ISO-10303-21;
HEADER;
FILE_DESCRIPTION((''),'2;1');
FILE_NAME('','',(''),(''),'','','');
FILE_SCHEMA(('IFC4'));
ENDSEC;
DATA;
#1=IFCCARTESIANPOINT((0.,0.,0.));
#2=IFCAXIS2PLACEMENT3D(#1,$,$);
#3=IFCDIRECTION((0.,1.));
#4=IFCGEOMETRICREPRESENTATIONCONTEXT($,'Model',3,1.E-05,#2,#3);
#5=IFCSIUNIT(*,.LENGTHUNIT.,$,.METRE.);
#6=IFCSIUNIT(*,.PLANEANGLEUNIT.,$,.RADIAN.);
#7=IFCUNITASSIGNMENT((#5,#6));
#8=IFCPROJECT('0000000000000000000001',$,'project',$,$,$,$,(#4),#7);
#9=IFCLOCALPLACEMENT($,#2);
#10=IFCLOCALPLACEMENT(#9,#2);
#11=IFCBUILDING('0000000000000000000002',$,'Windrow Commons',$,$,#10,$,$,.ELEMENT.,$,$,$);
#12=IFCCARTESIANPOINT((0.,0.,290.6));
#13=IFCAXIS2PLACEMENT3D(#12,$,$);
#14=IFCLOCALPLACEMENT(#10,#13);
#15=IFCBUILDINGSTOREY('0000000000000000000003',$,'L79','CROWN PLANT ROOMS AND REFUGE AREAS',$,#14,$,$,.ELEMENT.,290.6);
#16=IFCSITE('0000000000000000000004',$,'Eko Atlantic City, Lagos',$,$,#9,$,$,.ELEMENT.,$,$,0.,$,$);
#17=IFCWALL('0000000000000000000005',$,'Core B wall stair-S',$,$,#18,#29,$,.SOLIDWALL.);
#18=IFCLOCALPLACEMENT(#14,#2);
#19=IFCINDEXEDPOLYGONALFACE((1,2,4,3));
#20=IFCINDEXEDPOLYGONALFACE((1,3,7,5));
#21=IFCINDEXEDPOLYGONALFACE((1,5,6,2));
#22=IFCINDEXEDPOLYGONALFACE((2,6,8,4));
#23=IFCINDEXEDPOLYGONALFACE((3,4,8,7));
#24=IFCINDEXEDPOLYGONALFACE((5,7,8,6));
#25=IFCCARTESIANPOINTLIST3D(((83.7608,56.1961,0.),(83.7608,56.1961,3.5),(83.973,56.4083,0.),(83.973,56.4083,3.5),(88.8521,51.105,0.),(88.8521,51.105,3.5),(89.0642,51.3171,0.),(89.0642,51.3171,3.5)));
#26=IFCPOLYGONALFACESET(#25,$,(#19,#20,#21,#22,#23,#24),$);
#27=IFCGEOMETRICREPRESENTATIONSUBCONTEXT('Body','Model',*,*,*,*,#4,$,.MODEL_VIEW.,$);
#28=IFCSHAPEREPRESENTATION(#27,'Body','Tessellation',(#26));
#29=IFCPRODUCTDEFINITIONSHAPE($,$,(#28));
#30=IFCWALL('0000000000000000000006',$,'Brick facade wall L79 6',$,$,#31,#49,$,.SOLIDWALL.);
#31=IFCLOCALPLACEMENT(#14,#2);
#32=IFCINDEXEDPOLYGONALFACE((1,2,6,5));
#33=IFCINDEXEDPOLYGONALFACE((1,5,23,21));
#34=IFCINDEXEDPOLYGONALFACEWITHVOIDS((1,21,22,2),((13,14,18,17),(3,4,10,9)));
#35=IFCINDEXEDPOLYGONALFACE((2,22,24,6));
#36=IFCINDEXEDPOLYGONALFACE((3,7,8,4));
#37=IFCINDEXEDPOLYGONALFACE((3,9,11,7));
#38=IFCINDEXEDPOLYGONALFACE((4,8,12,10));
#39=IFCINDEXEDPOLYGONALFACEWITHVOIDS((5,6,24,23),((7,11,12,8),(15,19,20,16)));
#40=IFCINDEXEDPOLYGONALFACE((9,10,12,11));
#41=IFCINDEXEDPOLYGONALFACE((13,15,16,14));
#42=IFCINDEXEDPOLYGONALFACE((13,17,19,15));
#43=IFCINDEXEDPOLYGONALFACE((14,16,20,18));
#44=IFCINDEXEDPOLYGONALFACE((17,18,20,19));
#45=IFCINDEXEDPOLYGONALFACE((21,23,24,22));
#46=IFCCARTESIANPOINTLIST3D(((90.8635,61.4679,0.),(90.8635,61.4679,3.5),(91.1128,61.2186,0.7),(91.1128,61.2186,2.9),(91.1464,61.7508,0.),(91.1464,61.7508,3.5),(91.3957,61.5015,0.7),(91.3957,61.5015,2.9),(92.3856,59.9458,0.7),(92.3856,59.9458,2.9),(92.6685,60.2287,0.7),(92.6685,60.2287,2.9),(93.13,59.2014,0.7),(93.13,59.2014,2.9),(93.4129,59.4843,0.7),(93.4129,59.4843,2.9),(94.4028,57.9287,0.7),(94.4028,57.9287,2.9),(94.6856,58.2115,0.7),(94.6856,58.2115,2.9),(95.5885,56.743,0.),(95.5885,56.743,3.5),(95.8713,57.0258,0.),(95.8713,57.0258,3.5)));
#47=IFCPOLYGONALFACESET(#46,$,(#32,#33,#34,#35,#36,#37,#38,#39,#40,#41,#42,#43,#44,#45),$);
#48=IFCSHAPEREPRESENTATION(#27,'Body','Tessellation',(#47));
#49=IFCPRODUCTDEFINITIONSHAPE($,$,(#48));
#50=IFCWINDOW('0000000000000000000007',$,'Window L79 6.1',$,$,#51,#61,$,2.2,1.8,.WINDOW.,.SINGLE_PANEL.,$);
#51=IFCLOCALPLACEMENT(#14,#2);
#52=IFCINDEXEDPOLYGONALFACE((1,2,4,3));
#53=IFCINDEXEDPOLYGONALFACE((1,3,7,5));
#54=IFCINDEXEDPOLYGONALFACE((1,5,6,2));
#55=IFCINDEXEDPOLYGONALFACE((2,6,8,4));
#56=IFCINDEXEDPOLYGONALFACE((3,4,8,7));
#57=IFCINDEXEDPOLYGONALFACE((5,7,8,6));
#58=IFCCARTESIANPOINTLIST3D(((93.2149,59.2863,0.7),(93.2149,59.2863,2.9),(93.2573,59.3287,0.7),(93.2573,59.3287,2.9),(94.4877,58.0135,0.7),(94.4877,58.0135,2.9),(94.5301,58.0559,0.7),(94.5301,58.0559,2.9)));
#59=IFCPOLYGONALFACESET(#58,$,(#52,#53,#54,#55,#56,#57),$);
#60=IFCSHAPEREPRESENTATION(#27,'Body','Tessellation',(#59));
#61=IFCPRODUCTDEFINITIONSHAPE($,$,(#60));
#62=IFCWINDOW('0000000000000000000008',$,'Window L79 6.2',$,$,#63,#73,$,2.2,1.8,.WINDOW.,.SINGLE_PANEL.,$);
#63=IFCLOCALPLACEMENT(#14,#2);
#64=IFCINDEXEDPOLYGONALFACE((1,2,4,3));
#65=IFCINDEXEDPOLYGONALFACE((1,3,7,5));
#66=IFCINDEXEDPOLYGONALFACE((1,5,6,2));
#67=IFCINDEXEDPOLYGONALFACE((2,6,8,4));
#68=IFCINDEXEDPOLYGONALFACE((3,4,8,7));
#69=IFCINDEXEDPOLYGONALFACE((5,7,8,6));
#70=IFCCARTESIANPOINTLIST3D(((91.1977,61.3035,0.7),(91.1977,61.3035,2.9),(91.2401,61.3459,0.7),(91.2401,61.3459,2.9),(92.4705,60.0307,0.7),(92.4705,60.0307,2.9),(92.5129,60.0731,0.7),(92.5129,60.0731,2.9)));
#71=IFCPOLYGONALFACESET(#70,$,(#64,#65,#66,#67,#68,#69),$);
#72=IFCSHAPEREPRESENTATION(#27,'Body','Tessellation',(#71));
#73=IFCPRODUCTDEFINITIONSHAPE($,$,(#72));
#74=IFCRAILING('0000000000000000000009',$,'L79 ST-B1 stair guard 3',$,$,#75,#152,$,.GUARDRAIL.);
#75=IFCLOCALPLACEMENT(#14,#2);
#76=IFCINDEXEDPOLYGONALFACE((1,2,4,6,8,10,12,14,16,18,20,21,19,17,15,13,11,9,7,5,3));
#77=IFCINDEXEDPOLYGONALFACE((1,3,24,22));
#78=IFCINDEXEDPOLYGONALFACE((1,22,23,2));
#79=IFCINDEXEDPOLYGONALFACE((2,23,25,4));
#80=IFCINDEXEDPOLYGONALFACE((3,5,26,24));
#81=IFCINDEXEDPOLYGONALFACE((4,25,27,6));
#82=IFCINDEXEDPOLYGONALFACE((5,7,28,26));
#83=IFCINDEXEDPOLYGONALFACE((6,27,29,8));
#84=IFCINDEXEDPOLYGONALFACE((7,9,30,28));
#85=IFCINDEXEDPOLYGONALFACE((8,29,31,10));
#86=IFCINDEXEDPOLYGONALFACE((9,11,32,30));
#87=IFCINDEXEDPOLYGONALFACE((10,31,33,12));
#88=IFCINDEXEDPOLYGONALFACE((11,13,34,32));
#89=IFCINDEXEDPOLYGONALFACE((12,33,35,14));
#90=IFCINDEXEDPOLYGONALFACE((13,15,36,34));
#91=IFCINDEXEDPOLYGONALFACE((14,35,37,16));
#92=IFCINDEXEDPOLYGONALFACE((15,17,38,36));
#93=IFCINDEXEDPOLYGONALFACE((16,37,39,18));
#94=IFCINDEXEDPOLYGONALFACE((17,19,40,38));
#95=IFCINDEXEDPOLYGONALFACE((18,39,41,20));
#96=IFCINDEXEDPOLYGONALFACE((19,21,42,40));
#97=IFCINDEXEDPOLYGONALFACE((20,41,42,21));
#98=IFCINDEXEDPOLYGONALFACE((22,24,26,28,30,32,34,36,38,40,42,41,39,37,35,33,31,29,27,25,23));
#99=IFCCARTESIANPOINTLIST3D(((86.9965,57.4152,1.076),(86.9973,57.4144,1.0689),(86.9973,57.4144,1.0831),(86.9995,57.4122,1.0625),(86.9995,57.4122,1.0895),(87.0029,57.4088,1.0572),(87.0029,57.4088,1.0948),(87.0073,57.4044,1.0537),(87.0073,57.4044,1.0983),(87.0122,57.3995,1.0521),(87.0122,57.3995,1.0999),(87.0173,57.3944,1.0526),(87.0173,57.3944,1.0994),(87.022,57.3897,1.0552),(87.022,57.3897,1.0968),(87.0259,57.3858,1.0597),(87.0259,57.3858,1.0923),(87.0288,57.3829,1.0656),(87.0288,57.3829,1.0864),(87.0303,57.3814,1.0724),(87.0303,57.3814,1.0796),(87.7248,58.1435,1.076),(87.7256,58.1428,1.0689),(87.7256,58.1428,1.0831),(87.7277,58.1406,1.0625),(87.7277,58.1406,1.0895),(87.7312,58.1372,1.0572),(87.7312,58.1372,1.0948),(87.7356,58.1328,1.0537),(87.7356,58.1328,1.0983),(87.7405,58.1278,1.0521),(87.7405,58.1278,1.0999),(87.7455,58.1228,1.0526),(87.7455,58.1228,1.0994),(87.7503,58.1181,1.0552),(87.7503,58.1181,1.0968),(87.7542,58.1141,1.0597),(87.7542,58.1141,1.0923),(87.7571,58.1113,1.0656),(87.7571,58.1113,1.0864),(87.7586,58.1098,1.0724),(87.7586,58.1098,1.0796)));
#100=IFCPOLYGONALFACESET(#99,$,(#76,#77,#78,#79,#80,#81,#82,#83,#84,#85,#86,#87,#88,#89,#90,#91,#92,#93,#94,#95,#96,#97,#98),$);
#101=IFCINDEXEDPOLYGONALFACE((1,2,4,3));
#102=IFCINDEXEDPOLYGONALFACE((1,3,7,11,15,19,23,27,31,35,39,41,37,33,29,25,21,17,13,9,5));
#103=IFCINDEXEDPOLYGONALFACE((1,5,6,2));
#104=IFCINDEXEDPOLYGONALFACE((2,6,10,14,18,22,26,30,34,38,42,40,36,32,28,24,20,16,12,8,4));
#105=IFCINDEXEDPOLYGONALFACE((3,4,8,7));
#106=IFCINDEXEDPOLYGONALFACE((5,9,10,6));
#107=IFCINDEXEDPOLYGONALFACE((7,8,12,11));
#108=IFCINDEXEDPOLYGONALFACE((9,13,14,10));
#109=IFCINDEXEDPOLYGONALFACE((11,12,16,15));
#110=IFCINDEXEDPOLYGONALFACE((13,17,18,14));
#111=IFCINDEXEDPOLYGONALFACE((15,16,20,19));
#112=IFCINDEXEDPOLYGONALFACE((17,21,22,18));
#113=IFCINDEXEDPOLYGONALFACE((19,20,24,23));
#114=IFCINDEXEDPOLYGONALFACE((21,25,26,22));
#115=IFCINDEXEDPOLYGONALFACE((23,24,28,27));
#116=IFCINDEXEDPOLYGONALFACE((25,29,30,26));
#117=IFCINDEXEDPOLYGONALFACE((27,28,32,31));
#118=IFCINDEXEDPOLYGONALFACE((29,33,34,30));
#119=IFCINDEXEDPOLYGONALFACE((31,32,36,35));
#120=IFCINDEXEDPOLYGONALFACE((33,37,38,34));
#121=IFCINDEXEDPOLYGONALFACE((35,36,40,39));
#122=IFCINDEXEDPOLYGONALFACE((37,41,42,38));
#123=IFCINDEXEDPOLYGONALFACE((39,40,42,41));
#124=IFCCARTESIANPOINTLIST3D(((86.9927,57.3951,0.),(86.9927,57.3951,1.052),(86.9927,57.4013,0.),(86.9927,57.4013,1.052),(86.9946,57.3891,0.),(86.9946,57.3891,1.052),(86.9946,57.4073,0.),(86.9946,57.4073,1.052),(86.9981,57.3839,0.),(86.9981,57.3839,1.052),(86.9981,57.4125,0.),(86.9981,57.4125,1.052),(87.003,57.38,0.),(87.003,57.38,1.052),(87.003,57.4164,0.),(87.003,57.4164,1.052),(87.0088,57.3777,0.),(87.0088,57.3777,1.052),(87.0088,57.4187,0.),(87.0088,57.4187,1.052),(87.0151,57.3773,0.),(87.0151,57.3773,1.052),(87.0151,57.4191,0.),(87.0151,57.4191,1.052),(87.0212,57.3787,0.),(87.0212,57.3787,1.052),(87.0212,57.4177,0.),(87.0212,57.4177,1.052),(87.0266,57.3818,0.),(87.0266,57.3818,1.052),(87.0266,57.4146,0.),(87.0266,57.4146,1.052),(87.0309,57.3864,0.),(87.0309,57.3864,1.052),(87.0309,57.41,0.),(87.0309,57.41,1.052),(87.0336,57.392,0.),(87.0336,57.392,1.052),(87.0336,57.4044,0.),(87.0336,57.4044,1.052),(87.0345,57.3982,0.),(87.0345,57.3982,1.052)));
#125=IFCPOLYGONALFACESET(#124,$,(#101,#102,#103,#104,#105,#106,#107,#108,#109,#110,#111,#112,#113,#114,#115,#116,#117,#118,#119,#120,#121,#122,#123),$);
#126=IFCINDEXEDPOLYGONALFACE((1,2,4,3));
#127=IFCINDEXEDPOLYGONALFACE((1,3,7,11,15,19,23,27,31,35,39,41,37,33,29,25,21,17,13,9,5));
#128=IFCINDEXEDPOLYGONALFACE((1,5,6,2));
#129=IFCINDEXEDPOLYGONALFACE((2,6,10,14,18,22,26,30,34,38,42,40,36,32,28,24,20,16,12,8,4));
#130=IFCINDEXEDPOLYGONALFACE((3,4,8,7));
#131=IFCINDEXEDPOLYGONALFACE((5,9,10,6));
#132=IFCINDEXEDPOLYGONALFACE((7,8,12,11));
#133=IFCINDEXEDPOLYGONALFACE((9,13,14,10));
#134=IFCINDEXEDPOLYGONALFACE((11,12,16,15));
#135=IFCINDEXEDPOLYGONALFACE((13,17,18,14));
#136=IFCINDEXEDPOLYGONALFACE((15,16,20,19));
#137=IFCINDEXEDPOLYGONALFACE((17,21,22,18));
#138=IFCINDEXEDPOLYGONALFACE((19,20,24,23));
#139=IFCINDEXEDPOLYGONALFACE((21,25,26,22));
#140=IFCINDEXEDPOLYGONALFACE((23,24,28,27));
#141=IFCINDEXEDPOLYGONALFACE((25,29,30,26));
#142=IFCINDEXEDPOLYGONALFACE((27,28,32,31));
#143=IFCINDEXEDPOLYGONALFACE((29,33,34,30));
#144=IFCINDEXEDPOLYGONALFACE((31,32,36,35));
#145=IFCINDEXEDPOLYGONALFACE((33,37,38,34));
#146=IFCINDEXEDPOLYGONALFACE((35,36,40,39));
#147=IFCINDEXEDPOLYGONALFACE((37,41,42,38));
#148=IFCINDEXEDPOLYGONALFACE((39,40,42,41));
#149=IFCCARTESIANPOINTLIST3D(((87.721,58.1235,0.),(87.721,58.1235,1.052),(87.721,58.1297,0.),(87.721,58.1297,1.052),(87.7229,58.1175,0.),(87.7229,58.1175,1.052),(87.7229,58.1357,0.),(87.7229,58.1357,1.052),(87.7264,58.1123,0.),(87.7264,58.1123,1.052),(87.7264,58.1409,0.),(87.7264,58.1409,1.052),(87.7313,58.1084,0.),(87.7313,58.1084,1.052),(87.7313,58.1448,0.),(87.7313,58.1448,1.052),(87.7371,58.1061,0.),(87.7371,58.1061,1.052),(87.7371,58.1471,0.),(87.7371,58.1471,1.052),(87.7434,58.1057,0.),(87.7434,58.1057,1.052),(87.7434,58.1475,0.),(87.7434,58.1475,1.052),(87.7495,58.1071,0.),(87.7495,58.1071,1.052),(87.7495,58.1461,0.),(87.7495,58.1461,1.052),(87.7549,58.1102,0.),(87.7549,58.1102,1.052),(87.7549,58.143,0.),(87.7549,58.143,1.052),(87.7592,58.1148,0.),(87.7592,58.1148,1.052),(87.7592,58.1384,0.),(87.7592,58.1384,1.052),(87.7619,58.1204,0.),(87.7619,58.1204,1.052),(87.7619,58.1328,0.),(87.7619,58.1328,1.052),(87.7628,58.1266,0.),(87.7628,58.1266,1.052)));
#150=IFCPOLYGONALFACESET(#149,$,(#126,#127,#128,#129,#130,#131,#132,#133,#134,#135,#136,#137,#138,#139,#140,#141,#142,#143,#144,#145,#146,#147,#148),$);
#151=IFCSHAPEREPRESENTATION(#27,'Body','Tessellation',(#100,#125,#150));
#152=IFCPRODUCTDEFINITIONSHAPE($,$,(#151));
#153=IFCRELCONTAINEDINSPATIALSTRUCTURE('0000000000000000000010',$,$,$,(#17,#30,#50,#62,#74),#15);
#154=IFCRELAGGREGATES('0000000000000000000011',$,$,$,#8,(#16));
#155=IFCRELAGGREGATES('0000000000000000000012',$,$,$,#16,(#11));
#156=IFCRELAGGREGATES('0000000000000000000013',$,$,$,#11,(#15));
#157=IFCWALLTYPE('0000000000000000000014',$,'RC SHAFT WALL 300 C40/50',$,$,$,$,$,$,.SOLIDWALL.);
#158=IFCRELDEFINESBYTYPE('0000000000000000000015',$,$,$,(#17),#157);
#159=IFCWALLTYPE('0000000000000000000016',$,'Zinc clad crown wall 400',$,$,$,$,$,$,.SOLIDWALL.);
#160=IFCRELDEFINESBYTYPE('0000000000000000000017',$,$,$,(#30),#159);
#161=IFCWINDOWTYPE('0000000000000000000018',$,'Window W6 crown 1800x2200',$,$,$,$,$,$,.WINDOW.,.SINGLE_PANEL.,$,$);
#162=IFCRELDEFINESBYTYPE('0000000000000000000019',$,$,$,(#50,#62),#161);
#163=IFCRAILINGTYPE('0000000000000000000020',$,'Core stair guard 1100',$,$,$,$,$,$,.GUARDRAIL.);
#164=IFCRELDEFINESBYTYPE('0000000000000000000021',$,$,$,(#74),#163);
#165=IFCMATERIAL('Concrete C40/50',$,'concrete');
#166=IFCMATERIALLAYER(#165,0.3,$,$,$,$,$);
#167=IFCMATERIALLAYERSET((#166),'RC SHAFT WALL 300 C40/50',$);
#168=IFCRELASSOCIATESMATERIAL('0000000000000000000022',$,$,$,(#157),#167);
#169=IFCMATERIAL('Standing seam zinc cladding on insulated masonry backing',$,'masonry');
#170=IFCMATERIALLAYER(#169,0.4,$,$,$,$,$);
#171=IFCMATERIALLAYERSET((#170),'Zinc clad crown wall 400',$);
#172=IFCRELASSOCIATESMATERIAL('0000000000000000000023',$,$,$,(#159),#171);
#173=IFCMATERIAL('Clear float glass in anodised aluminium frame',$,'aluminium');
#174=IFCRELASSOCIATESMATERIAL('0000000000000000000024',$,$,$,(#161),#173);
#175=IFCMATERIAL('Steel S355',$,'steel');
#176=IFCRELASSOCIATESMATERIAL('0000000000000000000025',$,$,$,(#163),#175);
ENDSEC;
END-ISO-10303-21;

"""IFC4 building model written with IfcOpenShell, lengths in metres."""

from ifc_helpers import new_model, si_unit, direction, frame, frame_2d, origin, origin_2d, place, context, subcontext, project, spatial, polyline, rectangle, circle, outline, extrude, material, layer, layer_set, type_object, element, fill, save


model = new_model("IFC4")

# Units and contexts
model_context = context("Model", 3, precision=1e-05, world=origin(), true_north=direction((0.0, 1.0)))
body_context = subcontext(model_context, "Body", "Model", "MODEL_VIEW")
ifc_project = project(units=[si_unit("LENGTHUNIT", "METRE"), si_unit("PLANEANGLEUNIT", "RADIAN")], contexts=[model_context])

# Site, building, storey
site_placement = place(None, origin())
site = spatial("IfcSite", under=ifc_project, at=site_placement, Name="Eko Atlantic City, Lagos", CompositionType="ELEMENT", RefElevation=0.0)
building_placement = place(site_placement, origin())
building = spatial("IfcBuilding", under=site, at=building_placement, Name="Windrow Commons", CompositionType="ELEMENT")
storey_placement = place(building_placement, frame((0.0, 0.0, 290.6)))
storey = spatial("IfcBuildingStorey", under=building, at=storey_placement, Name="L79", Description="CROWN PLANT ROOMS AND REFUGE AREAS", CompositionType="ELEMENT", Elevation=290.6)

# Wall
ifc_material_1 = material(Name="Concrete C40/50", Category="concrete")
ifc_layer_1 = layer(ifc_material_1, 0.3)
ifc_layer_set_1 = layer_set([ifc_layer_1], Name="RC SHAFT WALL 300 C40/50")
wall_type_1 = type_object("IfcWallType", Name="RC SHAFT WALL 300 C40/50", PredefinedType="SOLIDWALL", material=ifc_layer_set_1)
wall_1_placement = place(storey_placement, frame((83.8669, 56.3022, 0.0), z_axis=(0.0, 0.0, 1.0), x_axis=(0.707114, -0.7071, 0.0)))
element("IfcWall", 1, at=wall_1_placement, inside=storey, type_object=wall_type_1, Name="Core B wall stair-S", PredefinedType="SOLIDWALL", context=body_context, shape_type="SweptSolid", body=[
    extrude(rectangle(XDim=7.2, YDim=0.3, at=frame_2d((3.6, 0.0))), origin(), (0.0, 0.0, 1.0), 3.5),
])

# Wall, openings, windows
ifc_material_2 = material(Name="Standing seam zinc cladding on insulated masonry backing", Category="masonry")
ifc_layer_2 = layer(ifc_material_2, 0.4)
ifc_layer_set_2 = layer_set([ifc_layer_2], Name="Zinc clad crown wall 400")
wall_type_2 = type_object("IfcWallType", Name="Zinc clad crown wall 400", PredefinedType="SOLIDWALL", material=ifc_layer_set_2)
wall_2_placement = place(storey_placement, frame((95.7299, 56.8844, 0.0), z_axis=(0.0, 0.0, 1.0), x_axis=(-0.707107, 0.707107, 0.0)))
wall_2 = element("IfcWall", 2, at=wall_2_placement, inside=storey, type_object=wall_type_2, Name="Brick facade wall L79 6", PredefinedType="SOLIDWALL", context=body_context, shape_type="SweptSolid", body=[
    extrude(outline(polyline([(0.0, -0.2), (6.6821, -0.2), (6.6821, 0.2), (0.0, 0.2), (0.0, -0.2)])), origin(), (0.0, 0.0, 1.0), 3.5),
])
opening_1_placement = place(wall_2_placement, frame((1.6768, 0.0, 0.7)))
opening_1 = element("IfcOpeningElement", 3, at=opening_1_placement, cuts=wall_2, PredefinedType="OPENING", context=body_context, shape_type="SweptSolid", body=[
    extrude(rectangle(XDim=1.8, YDim=2.2, at=frame_2d((0.9, 1.1))), frame((0.0, 0.21, 0.0), z_axis=(0.0, -1.0, 0.0), x_axis=(1.0, 0.0, 0.0)), (0.0, 0.0, 1.0), 0.42),
])
opening_2_placement = place(wall_2_placement, frame((4.5295, 0.0, 0.7)))
opening_2 = element("IfcOpeningElement", 4, at=opening_2_placement, cuts=wall_2, PredefinedType="OPENING", context=body_context, shape_type="SweptSolid", body=[
    extrude(rectangle(XDim=1.8, YDim=2.2, at=frame_2d((0.9, 1.1))), frame((0.0, 0.21, 0.0), z_axis=(0.0, -1.0, 0.0), x_axis=(1.0, 0.0, 0.0)), (0.0, 0.0, 1.0), 0.42),
])
ifc_material_3 = material(Name="Clear float glass in anodised aluminium frame", Category="aluminium")
window_type = type_object("IfcWindowType", Name="Window W6 crown 1800x2200", PartitioningType="SINGLE_PANEL", PredefinedType="WINDOW", material=ifc_material_3)
window_1_placement = place(opening_1_placement, origin())
window_1 = element("IfcWindow", 5, at=window_1_placement, inside=storey, type_object=window_type, Name="Window L79 6.1", OverallHeight=2.2, OverallWidth=1.8, PartitioningType="SINGLE_PANEL", PredefinedType="WINDOW", context=body_context, shape_type="SweptSolid", body=[
    extrude(rectangle(XDim=1.8, YDim=2.2, at=frame_2d((0.9, 1.1))), frame((0.0, 0.08, 0.0), z_axis=(0.0, -1.0, 0.0), x_axis=(1.0, 0.0, 0.0)), (0.0, 0.0, 1.0), 0.06),
])
fill(opening_1, window_1)
window_2_placement = place(opening_2_placement, origin())
window_2 = element("IfcWindow", 6, at=window_2_placement, inside=storey, type_object=window_type, Name="Window L79 6.2", OverallHeight=2.2, OverallWidth=1.8, PartitioningType="SINGLE_PANEL", PredefinedType="WINDOW", context=body_context, shape_type="SweptSolid", body=[
    extrude(rectangle(XDim=1.8, YDim=2.2, at=frame_2d((0.9, 1.1))), frame((0.0, 0.08, 0.0), z_axis=(0.0, -1.0, 0.0), x_axis=(1.0, 0.0, 0.0)), (0.0, 0.0, 1.0), 0.06),
])
fill(opening_2, window_2)

# Railing
ifc_material_4 = material(Name="Steel S355", Category="steel")
railing_type = type_object("IfcRailingType", Name="Core stair guard 1100", PredefinedType="GUARDRAIL", material=ifc_material_4)
railing_placement = place(storey_placement, frame((87.0135, 57.3982, 0.0)))
element("IfcRailing", 7, at=railing_placement, inside=storey, type_object=railing_type, Name="L79 ST-B1 stair guard 3", PredefinedType="GUARDRAIL", context=body_context, shape_type="SweptSolid", body=[
    extrude(circle(Radius=0.024, at=origin_2d()), frame((0.0, 0.0, 1.076), z_axis=(0.707058, 0.707155, 0.0), x_axis=(-0.707155, 0.707058, 0.0)), (0.0, 0.0, 1.0), 1.03),
    extrude(circle(Radius=0.021, at=origin_2d()), origin(), (0.0, 0.0, 1.0), 1.052),
    extrude(circle(Radius=0.021, at=origin_2d()), frame((0.7283, 0.7284, 0.0)), (0.0, 0.0, 1.0), 1.052),
])

save(model, "model.ifc")
